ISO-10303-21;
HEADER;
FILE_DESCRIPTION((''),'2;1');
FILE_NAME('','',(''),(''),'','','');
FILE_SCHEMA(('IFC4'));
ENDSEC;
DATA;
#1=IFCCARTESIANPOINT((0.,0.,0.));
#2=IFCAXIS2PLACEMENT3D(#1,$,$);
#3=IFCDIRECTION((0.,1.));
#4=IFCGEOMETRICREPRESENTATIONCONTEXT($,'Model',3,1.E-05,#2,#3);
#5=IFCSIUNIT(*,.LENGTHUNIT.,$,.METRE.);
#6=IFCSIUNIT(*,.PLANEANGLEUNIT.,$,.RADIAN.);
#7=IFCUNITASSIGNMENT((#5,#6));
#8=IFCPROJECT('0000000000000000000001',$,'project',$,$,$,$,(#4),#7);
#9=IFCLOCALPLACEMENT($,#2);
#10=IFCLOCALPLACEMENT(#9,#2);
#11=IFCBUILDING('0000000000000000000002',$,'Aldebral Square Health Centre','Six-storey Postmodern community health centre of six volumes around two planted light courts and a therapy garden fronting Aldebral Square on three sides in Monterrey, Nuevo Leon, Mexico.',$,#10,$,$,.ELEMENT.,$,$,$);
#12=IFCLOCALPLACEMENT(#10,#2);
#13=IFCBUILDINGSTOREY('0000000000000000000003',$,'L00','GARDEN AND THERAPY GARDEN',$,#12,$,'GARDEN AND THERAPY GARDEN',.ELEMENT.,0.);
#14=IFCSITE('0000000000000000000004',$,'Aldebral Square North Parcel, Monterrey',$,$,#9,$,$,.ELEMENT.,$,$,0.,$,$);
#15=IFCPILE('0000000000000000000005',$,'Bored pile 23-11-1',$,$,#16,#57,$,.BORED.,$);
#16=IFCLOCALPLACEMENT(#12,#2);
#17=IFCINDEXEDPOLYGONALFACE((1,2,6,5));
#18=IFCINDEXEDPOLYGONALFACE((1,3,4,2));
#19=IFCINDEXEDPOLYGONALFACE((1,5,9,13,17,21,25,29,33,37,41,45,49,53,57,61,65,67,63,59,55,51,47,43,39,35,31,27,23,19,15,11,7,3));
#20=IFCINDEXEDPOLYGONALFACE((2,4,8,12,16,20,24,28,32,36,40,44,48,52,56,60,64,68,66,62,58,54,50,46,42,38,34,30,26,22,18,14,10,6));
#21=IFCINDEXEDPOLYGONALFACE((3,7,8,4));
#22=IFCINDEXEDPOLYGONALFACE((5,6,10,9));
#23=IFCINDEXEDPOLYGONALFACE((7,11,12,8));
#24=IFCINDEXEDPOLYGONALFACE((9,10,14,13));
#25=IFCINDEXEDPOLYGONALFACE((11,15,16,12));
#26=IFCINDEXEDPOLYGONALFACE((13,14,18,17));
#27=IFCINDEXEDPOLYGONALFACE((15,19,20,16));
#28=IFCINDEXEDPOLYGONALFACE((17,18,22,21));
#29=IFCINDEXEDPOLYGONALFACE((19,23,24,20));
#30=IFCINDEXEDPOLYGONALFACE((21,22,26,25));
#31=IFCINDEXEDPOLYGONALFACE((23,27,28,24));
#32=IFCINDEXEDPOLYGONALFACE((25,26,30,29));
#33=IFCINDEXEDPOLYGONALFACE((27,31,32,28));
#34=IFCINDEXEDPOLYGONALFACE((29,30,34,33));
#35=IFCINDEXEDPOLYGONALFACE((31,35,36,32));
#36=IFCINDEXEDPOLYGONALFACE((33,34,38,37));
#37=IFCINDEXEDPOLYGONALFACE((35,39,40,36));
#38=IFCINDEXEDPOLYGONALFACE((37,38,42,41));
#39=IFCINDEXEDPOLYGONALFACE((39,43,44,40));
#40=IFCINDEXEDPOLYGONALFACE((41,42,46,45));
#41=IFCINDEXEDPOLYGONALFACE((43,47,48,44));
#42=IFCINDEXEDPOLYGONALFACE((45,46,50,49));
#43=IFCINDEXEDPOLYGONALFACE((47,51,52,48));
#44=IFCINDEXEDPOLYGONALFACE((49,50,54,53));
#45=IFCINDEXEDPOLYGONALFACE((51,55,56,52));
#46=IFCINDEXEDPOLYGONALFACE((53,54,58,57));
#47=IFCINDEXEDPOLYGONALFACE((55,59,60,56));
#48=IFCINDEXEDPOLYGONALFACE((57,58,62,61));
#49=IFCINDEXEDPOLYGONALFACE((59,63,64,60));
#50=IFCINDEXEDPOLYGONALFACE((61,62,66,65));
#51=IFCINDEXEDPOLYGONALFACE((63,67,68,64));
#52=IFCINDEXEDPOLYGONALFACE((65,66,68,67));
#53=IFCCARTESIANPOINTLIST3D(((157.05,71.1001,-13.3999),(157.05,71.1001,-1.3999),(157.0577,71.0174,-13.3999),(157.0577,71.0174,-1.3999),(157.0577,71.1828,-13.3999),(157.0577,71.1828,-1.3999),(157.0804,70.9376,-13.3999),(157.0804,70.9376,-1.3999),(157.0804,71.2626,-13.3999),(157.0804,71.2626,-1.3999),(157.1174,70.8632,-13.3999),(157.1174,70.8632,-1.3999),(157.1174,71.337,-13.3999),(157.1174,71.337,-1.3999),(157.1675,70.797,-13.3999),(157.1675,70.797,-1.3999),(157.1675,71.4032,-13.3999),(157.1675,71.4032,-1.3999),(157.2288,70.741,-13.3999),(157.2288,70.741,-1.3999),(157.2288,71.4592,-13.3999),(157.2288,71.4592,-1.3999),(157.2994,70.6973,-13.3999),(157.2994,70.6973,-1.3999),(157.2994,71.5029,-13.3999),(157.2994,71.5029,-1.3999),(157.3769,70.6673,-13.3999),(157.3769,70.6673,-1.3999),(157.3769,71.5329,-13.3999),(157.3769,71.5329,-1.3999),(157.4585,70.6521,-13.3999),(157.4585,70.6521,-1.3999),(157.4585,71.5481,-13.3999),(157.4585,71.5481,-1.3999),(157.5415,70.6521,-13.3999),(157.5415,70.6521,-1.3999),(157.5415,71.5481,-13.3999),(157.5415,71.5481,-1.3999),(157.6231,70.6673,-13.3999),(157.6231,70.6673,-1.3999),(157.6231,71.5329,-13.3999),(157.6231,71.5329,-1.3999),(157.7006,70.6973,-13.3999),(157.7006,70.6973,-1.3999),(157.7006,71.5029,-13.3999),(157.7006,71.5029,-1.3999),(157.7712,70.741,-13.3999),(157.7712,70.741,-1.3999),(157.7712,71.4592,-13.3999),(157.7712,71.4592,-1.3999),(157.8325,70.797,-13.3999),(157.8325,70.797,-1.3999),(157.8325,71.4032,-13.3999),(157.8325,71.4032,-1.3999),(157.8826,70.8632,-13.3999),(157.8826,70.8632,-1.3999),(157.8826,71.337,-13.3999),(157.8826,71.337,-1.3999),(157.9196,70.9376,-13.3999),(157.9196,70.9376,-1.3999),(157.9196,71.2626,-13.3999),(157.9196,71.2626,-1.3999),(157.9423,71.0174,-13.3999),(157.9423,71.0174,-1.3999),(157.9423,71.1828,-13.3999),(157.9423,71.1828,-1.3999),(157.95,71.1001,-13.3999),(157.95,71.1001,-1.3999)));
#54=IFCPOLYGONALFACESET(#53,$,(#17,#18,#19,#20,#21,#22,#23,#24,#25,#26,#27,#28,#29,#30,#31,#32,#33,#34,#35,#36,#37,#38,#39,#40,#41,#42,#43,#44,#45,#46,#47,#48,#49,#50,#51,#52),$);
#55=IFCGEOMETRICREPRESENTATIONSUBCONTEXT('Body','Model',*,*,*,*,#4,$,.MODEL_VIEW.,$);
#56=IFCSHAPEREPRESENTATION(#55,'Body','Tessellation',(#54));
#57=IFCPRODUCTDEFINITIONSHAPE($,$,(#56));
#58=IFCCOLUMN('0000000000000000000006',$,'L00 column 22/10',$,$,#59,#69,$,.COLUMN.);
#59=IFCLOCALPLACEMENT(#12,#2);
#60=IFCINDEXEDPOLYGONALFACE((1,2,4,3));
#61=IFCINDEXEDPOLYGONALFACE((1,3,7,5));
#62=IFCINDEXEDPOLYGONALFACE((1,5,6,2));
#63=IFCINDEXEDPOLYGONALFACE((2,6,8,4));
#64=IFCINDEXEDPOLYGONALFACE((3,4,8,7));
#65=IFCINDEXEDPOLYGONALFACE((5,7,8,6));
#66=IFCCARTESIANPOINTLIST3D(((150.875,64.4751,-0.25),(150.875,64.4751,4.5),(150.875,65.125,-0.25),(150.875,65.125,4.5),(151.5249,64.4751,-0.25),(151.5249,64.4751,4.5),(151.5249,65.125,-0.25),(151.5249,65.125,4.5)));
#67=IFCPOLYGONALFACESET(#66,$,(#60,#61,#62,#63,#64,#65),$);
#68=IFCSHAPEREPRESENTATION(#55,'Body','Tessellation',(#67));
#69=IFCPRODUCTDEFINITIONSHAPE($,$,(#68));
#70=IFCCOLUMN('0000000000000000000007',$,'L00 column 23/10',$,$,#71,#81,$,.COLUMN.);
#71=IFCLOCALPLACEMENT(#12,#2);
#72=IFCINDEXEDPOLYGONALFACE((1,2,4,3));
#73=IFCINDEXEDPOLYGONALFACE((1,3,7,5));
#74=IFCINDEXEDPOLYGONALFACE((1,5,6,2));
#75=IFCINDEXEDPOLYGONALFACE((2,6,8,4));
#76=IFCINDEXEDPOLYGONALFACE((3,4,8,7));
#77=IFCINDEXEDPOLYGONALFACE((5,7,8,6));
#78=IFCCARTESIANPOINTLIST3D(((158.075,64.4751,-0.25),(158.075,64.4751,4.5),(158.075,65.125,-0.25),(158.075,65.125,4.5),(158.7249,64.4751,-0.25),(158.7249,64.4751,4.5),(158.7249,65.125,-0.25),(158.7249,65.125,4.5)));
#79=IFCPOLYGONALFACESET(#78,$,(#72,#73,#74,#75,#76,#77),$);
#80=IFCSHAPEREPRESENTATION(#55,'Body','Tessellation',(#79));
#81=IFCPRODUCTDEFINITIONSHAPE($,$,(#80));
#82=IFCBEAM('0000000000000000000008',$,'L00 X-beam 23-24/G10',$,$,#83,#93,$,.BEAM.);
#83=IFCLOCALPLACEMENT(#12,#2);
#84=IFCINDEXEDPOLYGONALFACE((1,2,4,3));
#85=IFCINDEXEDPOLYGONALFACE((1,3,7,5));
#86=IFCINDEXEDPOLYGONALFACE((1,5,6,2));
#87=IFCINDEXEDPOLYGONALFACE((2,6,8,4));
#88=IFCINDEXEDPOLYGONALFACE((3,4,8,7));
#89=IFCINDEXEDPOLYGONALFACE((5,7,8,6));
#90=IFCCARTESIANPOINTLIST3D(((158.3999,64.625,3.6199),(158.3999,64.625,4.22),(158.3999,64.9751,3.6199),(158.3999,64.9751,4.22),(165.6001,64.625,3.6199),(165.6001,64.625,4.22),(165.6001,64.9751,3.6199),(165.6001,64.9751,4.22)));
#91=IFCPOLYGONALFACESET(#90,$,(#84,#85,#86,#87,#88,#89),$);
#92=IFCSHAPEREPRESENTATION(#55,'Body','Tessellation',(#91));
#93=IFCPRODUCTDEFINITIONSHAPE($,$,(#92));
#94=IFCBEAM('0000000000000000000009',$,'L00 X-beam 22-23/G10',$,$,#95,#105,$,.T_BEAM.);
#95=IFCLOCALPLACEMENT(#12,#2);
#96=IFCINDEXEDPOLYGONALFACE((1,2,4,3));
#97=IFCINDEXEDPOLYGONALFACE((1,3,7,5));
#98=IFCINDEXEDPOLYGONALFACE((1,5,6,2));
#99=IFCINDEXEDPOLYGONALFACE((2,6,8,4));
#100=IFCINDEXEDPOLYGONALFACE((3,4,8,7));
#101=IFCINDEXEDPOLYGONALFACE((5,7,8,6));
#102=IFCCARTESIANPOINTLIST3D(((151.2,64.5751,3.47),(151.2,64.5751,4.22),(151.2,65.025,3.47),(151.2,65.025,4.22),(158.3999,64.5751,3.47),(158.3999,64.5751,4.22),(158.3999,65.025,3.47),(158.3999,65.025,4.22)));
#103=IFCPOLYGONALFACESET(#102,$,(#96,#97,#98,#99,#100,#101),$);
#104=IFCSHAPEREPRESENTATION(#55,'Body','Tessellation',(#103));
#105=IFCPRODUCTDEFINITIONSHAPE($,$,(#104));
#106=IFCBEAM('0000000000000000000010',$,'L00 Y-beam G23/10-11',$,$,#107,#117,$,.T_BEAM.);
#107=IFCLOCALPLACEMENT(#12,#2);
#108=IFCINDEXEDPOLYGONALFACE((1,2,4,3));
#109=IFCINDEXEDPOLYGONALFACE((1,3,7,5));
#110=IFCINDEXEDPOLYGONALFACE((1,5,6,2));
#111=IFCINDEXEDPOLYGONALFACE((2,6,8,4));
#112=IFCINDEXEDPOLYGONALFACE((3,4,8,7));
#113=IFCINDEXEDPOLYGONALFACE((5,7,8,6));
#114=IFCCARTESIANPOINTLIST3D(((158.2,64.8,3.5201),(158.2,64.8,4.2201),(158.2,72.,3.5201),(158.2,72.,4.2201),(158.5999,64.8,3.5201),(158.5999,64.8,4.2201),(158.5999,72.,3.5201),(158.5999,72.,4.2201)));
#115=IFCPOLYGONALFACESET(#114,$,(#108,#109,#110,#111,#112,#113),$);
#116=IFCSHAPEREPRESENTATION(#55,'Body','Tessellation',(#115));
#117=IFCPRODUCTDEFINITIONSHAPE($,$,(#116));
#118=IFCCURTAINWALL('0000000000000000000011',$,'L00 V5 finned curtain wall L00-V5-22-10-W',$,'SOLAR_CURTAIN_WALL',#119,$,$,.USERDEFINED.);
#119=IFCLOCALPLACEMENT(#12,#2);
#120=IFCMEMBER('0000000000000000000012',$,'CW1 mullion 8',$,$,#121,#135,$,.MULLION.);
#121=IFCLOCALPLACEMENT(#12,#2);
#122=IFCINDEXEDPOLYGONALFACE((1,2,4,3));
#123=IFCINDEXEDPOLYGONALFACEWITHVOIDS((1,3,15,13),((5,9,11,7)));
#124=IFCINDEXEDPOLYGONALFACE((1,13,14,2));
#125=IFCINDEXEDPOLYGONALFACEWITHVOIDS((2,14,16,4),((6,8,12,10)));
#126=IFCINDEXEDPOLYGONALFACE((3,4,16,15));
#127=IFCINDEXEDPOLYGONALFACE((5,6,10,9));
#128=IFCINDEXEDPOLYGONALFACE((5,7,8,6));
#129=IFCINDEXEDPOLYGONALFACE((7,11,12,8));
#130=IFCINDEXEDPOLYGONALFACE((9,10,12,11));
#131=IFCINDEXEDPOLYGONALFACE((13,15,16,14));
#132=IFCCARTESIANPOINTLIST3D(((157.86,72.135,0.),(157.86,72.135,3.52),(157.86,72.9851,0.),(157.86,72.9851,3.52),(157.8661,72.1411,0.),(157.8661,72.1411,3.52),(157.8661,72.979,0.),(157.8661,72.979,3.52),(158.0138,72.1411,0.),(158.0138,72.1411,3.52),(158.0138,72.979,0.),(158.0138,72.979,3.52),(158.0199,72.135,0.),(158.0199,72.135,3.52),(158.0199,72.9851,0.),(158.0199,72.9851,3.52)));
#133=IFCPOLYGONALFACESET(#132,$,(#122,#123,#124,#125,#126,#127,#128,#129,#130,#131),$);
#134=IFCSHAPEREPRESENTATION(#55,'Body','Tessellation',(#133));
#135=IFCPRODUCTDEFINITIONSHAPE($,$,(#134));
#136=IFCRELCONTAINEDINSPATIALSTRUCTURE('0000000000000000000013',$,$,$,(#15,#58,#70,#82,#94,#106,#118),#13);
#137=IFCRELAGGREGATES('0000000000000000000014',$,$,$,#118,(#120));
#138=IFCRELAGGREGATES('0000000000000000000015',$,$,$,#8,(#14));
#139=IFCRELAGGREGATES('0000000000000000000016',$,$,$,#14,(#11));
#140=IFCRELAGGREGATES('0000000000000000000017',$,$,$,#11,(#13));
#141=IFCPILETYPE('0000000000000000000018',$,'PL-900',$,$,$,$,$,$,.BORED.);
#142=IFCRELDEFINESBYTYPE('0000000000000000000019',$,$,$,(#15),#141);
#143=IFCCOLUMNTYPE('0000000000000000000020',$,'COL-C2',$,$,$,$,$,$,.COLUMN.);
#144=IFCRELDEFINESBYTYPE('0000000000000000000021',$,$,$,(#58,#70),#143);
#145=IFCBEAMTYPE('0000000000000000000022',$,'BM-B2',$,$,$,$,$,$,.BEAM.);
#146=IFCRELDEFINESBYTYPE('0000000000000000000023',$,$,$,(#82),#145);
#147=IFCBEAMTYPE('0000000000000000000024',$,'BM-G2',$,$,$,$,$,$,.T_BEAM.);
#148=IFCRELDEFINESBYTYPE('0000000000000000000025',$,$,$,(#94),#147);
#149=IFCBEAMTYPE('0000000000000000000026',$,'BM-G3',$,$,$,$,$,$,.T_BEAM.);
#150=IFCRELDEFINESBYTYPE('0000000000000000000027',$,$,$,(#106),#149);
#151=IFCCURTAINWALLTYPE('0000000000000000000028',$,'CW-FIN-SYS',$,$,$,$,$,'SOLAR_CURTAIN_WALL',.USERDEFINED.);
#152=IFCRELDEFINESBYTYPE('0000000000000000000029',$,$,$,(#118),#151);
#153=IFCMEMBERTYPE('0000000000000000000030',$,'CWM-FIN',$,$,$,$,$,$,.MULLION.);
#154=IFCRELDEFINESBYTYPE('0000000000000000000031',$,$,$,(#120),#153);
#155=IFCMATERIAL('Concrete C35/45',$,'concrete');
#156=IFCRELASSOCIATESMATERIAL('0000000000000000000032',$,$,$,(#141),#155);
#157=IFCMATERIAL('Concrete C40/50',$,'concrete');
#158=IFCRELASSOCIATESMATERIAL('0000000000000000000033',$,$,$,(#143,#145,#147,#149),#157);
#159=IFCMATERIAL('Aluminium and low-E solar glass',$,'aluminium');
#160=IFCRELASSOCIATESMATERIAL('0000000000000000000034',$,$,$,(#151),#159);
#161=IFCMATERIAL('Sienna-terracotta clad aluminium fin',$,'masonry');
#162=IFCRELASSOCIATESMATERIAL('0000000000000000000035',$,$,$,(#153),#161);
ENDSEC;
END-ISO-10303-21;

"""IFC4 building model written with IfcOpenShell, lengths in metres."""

from ifc_helpers import new_model, si_unit, direction, frame, origin, origin_2d, place, context, subcontext, project, spatial, rectangle, hollow_rectangle, circle, extrude, material, material_profile, profile_set, type_object, element, aggregate, save


model = new_model("IFC4")

# Units and contexts
model_context = context("Model", 3, precision=1e-05, world=origin(), true_north=direction((0.0, 1.0)))
body_context = subcontext(model_context, "Body", "Model", "MODEL_VIEW")
ifc_project = project(units=[si_unit("LENGTHUNIT", "METRE"), si_unit("PLANEANGLEUNIT", "RADIAN")], contexts=[model_context])

# Site, building, storey
site_placement = place(None, origin())
site = spatial("IfcSite", under=ifc_project, at=site_placement, Name="Aldebral Square North Parcel, Monterrey", CompositionType="ELEMENT", RefElevation=0.0)
building_placement = place(site_placement, origin())
building = spatial("IfcBuilding", under=site, at=building_placement, Name="Aldebral Square Health Centre", Description="Six-storey Postmodern community health centre of six volumes around two planted light courts and a therapy garden fronting Aldebral Square on three sides in Monterrey, Nuevo Leon, Mexico.", CompositionType="ELEMENT")
storey_placement = place(building_placement, origin())
storey = spatial("IfcBuildingStorey", under=building, at=storey_placement, Name="L00", Description="GARDEN AND THERAPY GARDEN", LongName="GARDEN AND THERAPY GARDEN", CompositionType="ELEMENT", Elevation=0.0)

# Shared definitions
ifc_material_1 = material(Name="Concrete C35/45", Category="concrete")

# Pile
ifc_material_profile_1 = material_profile(ifc_material_1, circle(Radius=0.45, at=origin_2d()), Name="PILE D900")
ifc_profile_set_1 = profile_set([ifc_material_profile_1], Name="Concrete C35/45")
pile_type_1 = type_object("IfcPileType", Name="PL-900", PredefinedType="BORED", material=ifc_profile_set_1)
pile_1_placement = place(storey_placement, frame((157.5, 71.1001, -1.3999), z_axis=(0.0, 0.0, -1.0), x_axis=(1.0, 0.0, 0.0)))
element("IfcPile", 1, at=pile_1_placement, inside=storey, type_object=pile_type_1, Name="Bored pile 23-11-1", PredefinedType="BORED", context=body_context, shape_type="SweptSolid", body=[
    extrude(circle(Radius=0.45, at=origin_2d()), origin(), (0.0, 0.0, 1.0), 12.0),
])

# Columns
ifc_material_2 = material(Name="Concrete C40/50", Category="concrete")
ifc_material_profile_2 = material_profile(ifc_material_2, rectangle(XDim=0.6499, YDim=0.6499, at=origin_2d()), Name="RC 650x650")
ifc_profile_set_2 = profile_set([ifc_material_profile_2], Name="Concrete C40/50")
column_type = type_object("IfcColumnType", Name="COL-C2", PredefinedType="COLUMN", material=ifc_profile_set_2)
for number, where, z_axis, x_axis, name in (
    (2, (151.2, 64.8, -0.25), (0.0, 0.0, 1.0), (1.0, 0.0, 0.0), "L00 column 22/10"),
    (3, (158.3999, 64.8, -0.25), (0.0, 0.0, 1.0), (1.0, 0.0, 0.0), "L00 column 23/10"),
):
    element("IfcColumn", number, at=place(storey_placement, frame(where, z_axis=z_axis, x_axis=x_axis)), inside=storey, type_object=column_type, Name=name, PredefinedType="COLUMN", context=body_context, shape_type="SweptSolid", body=[
        extrude(rectangle(XDim=0.6499, YDim=0.6499, at=origin_2d()), origin(), (0.0, 0.0, 1.0), 4.75),
    ])

# Beams
ifc_material_profile_3 = material_profile(ifc_material_2, rectangle(XDim=0.3501, YDim=0.6001, at=origin_2d()), Name="RC 350x600")
ifc_profile_set_3 = profile_set([ifc_material_profile_3], Name="Concrete C40/50")
beam_type_1 = type_object("IfcBeamType", Name="BM-B2", PredefinedType="BEAM", material=ifc_profile_set_3)
beam_1_placement = place(storey_placement, frame((158.3999, 64.8, 3.9199), z_axis=(1.0, 0.0, 0.0), x_axis=(0.0, 1.0, 0.0)))
element("IfcBeam", 4, at=beam_1_placement, inside=storey, type_object=beam_type_1, Name="L00 X-beam 23-24/G10", PredefinedType="BEAM", context=body_context, shape_type="SweptSolid", body=[
    extrude(rectangle(XDim=0.3501, YDim=0.6001, at=origin_2d()), origin(), (0.0, 0.0, 1.0), 7.2002),
])
ifc_material_profile_4 = material_profile(ifc_material_2, rectangle(XDim=0.45, YDim=0.75, at=origin_2d()), Name="RC 450x750")
ifc_profile_set_4 = profile_set([ifc_material_profile_4], Name="Concrete C40/50")
beam_type_2 = type_object("IfcBeamType", Name="BM-G2", PredefinedType="T_BEAM", material=ifc_profile_set_4)
beam_2_placement = place(storey_placement, frame((151.2, 64.8, 3.845), z_axis=(1.0, 0.0, 0.0), x_axis=(0.0, 1.0, 0.0)))
element("IfcBeam", 5, at=beam_2_placement, inside=storey, type_object=beam_type_2, Name="L00 X-beam 22-23/G10", PredefinedType="T_BEAM", context=body_context, shape_type="SweptSolid", body=[
    extrude(rectangle(XDim=0.45, YDim=0.75, at=origin_2d()), origin(), (0.0, 0.0, 1.0), 7.2),
])
ifc_material_profile_5 = material_profile(ifc_material_2, rectangle(XDim=0.3999, YDim=0.7, at=origin_2d()), Name="RC 400x700")
ifc_profile_set_5 = profile_set([ifc_material_profile_5], Name="Concrete C40/50")
beam_type_3 = type_object("IfcBeamType", Name="BM-G3", PredefinedType="T_BEAM", material=ifc_profile_set_5)
beam_3_placement = place(storey_placement, frame((158.3999, 64.8, 3.8701), z_axis=(0.0, 1.0, 0.0), x_axis=(-1.0, 0.0, 0.0)))
element("IfcBeam", 6, at=beam_3_placement, inside=storey, type_object=beam_type_3, Name="L00 Y-beam G23/10-11", PredefinedType="T_BEAM", context=body_context, shape_type="SweptSolid", body=[
    extrude(rectangle(XDim=0.3999, YDim=0.7, at=origin_2d()), origin(), (0.0, 0.0, 1.0), 7.2),
])

# Curtain wall, member
ifc_material_3 = material(Name="Aluminium and low-E solar glass", Category="aluminium")
curtain_wall_type = type_object("IfcCurtainWallType", Name="CW-FIN-SYS", ElementType="SOLAR_CURTAIN_WALL", PredefinedType="USERDEFINED", material=ifc_material_3)
curtain_wall_placement = place(storey_placement, origin())
curtain_wall = element("IfcCurtainWall", 7, at=curtain_wall_placement, inside=storey, type_object=curtain_wall_type, Name="L00 V5 finned curtain wall L00-V5-22-10-W", ObjectType="SOLAR_CURTAIN_WALL", PredefinedType="USERDEFINED")
ifc_material_4 = material(Name="Sienna-terracotta clad aluminium fin", Category="masonry")
ifc_material_profile_6 = material_profile(ifc_material_4, hollow_rectangle(XDim=0.1599, YDim=0.8501, WallThickness=0.0061, at=origin_2d()), Name="FIN 160x850x6")
ifc_profile_set_6 = profile_set([ifc_material_profile_6], Name="Sienna-terracotta clad aluminium fin")
member_type = type_object("IfcMemberType", Name="CWM-FIN", PredefinedType="MULLION", material=ifc_profile_set_6)
member_placement = place(storey_placement, frame((157.9399, 72.5601, 0.0), z_axis=(0.0, 0.0, 1.0), x_axis=(1.0, 0.0, 0.0)))
member = element("IfcMember", 8, at=member_placement, type_object=member_type, Name="CW1 mullion 8", PredefinedType="MULLION", context=body_context, shape_type="SweptSolid", body=[
    extrude(hollow_rectangle(XDim=0.1599, YDim=0.8501, WallThickness=0.0061, at=origin_2d()), origin(), (0.0, 0.0, 1.0), 3.52),
])
aggregate(curtain_wall, [member])

save(model, "model.ifc")
